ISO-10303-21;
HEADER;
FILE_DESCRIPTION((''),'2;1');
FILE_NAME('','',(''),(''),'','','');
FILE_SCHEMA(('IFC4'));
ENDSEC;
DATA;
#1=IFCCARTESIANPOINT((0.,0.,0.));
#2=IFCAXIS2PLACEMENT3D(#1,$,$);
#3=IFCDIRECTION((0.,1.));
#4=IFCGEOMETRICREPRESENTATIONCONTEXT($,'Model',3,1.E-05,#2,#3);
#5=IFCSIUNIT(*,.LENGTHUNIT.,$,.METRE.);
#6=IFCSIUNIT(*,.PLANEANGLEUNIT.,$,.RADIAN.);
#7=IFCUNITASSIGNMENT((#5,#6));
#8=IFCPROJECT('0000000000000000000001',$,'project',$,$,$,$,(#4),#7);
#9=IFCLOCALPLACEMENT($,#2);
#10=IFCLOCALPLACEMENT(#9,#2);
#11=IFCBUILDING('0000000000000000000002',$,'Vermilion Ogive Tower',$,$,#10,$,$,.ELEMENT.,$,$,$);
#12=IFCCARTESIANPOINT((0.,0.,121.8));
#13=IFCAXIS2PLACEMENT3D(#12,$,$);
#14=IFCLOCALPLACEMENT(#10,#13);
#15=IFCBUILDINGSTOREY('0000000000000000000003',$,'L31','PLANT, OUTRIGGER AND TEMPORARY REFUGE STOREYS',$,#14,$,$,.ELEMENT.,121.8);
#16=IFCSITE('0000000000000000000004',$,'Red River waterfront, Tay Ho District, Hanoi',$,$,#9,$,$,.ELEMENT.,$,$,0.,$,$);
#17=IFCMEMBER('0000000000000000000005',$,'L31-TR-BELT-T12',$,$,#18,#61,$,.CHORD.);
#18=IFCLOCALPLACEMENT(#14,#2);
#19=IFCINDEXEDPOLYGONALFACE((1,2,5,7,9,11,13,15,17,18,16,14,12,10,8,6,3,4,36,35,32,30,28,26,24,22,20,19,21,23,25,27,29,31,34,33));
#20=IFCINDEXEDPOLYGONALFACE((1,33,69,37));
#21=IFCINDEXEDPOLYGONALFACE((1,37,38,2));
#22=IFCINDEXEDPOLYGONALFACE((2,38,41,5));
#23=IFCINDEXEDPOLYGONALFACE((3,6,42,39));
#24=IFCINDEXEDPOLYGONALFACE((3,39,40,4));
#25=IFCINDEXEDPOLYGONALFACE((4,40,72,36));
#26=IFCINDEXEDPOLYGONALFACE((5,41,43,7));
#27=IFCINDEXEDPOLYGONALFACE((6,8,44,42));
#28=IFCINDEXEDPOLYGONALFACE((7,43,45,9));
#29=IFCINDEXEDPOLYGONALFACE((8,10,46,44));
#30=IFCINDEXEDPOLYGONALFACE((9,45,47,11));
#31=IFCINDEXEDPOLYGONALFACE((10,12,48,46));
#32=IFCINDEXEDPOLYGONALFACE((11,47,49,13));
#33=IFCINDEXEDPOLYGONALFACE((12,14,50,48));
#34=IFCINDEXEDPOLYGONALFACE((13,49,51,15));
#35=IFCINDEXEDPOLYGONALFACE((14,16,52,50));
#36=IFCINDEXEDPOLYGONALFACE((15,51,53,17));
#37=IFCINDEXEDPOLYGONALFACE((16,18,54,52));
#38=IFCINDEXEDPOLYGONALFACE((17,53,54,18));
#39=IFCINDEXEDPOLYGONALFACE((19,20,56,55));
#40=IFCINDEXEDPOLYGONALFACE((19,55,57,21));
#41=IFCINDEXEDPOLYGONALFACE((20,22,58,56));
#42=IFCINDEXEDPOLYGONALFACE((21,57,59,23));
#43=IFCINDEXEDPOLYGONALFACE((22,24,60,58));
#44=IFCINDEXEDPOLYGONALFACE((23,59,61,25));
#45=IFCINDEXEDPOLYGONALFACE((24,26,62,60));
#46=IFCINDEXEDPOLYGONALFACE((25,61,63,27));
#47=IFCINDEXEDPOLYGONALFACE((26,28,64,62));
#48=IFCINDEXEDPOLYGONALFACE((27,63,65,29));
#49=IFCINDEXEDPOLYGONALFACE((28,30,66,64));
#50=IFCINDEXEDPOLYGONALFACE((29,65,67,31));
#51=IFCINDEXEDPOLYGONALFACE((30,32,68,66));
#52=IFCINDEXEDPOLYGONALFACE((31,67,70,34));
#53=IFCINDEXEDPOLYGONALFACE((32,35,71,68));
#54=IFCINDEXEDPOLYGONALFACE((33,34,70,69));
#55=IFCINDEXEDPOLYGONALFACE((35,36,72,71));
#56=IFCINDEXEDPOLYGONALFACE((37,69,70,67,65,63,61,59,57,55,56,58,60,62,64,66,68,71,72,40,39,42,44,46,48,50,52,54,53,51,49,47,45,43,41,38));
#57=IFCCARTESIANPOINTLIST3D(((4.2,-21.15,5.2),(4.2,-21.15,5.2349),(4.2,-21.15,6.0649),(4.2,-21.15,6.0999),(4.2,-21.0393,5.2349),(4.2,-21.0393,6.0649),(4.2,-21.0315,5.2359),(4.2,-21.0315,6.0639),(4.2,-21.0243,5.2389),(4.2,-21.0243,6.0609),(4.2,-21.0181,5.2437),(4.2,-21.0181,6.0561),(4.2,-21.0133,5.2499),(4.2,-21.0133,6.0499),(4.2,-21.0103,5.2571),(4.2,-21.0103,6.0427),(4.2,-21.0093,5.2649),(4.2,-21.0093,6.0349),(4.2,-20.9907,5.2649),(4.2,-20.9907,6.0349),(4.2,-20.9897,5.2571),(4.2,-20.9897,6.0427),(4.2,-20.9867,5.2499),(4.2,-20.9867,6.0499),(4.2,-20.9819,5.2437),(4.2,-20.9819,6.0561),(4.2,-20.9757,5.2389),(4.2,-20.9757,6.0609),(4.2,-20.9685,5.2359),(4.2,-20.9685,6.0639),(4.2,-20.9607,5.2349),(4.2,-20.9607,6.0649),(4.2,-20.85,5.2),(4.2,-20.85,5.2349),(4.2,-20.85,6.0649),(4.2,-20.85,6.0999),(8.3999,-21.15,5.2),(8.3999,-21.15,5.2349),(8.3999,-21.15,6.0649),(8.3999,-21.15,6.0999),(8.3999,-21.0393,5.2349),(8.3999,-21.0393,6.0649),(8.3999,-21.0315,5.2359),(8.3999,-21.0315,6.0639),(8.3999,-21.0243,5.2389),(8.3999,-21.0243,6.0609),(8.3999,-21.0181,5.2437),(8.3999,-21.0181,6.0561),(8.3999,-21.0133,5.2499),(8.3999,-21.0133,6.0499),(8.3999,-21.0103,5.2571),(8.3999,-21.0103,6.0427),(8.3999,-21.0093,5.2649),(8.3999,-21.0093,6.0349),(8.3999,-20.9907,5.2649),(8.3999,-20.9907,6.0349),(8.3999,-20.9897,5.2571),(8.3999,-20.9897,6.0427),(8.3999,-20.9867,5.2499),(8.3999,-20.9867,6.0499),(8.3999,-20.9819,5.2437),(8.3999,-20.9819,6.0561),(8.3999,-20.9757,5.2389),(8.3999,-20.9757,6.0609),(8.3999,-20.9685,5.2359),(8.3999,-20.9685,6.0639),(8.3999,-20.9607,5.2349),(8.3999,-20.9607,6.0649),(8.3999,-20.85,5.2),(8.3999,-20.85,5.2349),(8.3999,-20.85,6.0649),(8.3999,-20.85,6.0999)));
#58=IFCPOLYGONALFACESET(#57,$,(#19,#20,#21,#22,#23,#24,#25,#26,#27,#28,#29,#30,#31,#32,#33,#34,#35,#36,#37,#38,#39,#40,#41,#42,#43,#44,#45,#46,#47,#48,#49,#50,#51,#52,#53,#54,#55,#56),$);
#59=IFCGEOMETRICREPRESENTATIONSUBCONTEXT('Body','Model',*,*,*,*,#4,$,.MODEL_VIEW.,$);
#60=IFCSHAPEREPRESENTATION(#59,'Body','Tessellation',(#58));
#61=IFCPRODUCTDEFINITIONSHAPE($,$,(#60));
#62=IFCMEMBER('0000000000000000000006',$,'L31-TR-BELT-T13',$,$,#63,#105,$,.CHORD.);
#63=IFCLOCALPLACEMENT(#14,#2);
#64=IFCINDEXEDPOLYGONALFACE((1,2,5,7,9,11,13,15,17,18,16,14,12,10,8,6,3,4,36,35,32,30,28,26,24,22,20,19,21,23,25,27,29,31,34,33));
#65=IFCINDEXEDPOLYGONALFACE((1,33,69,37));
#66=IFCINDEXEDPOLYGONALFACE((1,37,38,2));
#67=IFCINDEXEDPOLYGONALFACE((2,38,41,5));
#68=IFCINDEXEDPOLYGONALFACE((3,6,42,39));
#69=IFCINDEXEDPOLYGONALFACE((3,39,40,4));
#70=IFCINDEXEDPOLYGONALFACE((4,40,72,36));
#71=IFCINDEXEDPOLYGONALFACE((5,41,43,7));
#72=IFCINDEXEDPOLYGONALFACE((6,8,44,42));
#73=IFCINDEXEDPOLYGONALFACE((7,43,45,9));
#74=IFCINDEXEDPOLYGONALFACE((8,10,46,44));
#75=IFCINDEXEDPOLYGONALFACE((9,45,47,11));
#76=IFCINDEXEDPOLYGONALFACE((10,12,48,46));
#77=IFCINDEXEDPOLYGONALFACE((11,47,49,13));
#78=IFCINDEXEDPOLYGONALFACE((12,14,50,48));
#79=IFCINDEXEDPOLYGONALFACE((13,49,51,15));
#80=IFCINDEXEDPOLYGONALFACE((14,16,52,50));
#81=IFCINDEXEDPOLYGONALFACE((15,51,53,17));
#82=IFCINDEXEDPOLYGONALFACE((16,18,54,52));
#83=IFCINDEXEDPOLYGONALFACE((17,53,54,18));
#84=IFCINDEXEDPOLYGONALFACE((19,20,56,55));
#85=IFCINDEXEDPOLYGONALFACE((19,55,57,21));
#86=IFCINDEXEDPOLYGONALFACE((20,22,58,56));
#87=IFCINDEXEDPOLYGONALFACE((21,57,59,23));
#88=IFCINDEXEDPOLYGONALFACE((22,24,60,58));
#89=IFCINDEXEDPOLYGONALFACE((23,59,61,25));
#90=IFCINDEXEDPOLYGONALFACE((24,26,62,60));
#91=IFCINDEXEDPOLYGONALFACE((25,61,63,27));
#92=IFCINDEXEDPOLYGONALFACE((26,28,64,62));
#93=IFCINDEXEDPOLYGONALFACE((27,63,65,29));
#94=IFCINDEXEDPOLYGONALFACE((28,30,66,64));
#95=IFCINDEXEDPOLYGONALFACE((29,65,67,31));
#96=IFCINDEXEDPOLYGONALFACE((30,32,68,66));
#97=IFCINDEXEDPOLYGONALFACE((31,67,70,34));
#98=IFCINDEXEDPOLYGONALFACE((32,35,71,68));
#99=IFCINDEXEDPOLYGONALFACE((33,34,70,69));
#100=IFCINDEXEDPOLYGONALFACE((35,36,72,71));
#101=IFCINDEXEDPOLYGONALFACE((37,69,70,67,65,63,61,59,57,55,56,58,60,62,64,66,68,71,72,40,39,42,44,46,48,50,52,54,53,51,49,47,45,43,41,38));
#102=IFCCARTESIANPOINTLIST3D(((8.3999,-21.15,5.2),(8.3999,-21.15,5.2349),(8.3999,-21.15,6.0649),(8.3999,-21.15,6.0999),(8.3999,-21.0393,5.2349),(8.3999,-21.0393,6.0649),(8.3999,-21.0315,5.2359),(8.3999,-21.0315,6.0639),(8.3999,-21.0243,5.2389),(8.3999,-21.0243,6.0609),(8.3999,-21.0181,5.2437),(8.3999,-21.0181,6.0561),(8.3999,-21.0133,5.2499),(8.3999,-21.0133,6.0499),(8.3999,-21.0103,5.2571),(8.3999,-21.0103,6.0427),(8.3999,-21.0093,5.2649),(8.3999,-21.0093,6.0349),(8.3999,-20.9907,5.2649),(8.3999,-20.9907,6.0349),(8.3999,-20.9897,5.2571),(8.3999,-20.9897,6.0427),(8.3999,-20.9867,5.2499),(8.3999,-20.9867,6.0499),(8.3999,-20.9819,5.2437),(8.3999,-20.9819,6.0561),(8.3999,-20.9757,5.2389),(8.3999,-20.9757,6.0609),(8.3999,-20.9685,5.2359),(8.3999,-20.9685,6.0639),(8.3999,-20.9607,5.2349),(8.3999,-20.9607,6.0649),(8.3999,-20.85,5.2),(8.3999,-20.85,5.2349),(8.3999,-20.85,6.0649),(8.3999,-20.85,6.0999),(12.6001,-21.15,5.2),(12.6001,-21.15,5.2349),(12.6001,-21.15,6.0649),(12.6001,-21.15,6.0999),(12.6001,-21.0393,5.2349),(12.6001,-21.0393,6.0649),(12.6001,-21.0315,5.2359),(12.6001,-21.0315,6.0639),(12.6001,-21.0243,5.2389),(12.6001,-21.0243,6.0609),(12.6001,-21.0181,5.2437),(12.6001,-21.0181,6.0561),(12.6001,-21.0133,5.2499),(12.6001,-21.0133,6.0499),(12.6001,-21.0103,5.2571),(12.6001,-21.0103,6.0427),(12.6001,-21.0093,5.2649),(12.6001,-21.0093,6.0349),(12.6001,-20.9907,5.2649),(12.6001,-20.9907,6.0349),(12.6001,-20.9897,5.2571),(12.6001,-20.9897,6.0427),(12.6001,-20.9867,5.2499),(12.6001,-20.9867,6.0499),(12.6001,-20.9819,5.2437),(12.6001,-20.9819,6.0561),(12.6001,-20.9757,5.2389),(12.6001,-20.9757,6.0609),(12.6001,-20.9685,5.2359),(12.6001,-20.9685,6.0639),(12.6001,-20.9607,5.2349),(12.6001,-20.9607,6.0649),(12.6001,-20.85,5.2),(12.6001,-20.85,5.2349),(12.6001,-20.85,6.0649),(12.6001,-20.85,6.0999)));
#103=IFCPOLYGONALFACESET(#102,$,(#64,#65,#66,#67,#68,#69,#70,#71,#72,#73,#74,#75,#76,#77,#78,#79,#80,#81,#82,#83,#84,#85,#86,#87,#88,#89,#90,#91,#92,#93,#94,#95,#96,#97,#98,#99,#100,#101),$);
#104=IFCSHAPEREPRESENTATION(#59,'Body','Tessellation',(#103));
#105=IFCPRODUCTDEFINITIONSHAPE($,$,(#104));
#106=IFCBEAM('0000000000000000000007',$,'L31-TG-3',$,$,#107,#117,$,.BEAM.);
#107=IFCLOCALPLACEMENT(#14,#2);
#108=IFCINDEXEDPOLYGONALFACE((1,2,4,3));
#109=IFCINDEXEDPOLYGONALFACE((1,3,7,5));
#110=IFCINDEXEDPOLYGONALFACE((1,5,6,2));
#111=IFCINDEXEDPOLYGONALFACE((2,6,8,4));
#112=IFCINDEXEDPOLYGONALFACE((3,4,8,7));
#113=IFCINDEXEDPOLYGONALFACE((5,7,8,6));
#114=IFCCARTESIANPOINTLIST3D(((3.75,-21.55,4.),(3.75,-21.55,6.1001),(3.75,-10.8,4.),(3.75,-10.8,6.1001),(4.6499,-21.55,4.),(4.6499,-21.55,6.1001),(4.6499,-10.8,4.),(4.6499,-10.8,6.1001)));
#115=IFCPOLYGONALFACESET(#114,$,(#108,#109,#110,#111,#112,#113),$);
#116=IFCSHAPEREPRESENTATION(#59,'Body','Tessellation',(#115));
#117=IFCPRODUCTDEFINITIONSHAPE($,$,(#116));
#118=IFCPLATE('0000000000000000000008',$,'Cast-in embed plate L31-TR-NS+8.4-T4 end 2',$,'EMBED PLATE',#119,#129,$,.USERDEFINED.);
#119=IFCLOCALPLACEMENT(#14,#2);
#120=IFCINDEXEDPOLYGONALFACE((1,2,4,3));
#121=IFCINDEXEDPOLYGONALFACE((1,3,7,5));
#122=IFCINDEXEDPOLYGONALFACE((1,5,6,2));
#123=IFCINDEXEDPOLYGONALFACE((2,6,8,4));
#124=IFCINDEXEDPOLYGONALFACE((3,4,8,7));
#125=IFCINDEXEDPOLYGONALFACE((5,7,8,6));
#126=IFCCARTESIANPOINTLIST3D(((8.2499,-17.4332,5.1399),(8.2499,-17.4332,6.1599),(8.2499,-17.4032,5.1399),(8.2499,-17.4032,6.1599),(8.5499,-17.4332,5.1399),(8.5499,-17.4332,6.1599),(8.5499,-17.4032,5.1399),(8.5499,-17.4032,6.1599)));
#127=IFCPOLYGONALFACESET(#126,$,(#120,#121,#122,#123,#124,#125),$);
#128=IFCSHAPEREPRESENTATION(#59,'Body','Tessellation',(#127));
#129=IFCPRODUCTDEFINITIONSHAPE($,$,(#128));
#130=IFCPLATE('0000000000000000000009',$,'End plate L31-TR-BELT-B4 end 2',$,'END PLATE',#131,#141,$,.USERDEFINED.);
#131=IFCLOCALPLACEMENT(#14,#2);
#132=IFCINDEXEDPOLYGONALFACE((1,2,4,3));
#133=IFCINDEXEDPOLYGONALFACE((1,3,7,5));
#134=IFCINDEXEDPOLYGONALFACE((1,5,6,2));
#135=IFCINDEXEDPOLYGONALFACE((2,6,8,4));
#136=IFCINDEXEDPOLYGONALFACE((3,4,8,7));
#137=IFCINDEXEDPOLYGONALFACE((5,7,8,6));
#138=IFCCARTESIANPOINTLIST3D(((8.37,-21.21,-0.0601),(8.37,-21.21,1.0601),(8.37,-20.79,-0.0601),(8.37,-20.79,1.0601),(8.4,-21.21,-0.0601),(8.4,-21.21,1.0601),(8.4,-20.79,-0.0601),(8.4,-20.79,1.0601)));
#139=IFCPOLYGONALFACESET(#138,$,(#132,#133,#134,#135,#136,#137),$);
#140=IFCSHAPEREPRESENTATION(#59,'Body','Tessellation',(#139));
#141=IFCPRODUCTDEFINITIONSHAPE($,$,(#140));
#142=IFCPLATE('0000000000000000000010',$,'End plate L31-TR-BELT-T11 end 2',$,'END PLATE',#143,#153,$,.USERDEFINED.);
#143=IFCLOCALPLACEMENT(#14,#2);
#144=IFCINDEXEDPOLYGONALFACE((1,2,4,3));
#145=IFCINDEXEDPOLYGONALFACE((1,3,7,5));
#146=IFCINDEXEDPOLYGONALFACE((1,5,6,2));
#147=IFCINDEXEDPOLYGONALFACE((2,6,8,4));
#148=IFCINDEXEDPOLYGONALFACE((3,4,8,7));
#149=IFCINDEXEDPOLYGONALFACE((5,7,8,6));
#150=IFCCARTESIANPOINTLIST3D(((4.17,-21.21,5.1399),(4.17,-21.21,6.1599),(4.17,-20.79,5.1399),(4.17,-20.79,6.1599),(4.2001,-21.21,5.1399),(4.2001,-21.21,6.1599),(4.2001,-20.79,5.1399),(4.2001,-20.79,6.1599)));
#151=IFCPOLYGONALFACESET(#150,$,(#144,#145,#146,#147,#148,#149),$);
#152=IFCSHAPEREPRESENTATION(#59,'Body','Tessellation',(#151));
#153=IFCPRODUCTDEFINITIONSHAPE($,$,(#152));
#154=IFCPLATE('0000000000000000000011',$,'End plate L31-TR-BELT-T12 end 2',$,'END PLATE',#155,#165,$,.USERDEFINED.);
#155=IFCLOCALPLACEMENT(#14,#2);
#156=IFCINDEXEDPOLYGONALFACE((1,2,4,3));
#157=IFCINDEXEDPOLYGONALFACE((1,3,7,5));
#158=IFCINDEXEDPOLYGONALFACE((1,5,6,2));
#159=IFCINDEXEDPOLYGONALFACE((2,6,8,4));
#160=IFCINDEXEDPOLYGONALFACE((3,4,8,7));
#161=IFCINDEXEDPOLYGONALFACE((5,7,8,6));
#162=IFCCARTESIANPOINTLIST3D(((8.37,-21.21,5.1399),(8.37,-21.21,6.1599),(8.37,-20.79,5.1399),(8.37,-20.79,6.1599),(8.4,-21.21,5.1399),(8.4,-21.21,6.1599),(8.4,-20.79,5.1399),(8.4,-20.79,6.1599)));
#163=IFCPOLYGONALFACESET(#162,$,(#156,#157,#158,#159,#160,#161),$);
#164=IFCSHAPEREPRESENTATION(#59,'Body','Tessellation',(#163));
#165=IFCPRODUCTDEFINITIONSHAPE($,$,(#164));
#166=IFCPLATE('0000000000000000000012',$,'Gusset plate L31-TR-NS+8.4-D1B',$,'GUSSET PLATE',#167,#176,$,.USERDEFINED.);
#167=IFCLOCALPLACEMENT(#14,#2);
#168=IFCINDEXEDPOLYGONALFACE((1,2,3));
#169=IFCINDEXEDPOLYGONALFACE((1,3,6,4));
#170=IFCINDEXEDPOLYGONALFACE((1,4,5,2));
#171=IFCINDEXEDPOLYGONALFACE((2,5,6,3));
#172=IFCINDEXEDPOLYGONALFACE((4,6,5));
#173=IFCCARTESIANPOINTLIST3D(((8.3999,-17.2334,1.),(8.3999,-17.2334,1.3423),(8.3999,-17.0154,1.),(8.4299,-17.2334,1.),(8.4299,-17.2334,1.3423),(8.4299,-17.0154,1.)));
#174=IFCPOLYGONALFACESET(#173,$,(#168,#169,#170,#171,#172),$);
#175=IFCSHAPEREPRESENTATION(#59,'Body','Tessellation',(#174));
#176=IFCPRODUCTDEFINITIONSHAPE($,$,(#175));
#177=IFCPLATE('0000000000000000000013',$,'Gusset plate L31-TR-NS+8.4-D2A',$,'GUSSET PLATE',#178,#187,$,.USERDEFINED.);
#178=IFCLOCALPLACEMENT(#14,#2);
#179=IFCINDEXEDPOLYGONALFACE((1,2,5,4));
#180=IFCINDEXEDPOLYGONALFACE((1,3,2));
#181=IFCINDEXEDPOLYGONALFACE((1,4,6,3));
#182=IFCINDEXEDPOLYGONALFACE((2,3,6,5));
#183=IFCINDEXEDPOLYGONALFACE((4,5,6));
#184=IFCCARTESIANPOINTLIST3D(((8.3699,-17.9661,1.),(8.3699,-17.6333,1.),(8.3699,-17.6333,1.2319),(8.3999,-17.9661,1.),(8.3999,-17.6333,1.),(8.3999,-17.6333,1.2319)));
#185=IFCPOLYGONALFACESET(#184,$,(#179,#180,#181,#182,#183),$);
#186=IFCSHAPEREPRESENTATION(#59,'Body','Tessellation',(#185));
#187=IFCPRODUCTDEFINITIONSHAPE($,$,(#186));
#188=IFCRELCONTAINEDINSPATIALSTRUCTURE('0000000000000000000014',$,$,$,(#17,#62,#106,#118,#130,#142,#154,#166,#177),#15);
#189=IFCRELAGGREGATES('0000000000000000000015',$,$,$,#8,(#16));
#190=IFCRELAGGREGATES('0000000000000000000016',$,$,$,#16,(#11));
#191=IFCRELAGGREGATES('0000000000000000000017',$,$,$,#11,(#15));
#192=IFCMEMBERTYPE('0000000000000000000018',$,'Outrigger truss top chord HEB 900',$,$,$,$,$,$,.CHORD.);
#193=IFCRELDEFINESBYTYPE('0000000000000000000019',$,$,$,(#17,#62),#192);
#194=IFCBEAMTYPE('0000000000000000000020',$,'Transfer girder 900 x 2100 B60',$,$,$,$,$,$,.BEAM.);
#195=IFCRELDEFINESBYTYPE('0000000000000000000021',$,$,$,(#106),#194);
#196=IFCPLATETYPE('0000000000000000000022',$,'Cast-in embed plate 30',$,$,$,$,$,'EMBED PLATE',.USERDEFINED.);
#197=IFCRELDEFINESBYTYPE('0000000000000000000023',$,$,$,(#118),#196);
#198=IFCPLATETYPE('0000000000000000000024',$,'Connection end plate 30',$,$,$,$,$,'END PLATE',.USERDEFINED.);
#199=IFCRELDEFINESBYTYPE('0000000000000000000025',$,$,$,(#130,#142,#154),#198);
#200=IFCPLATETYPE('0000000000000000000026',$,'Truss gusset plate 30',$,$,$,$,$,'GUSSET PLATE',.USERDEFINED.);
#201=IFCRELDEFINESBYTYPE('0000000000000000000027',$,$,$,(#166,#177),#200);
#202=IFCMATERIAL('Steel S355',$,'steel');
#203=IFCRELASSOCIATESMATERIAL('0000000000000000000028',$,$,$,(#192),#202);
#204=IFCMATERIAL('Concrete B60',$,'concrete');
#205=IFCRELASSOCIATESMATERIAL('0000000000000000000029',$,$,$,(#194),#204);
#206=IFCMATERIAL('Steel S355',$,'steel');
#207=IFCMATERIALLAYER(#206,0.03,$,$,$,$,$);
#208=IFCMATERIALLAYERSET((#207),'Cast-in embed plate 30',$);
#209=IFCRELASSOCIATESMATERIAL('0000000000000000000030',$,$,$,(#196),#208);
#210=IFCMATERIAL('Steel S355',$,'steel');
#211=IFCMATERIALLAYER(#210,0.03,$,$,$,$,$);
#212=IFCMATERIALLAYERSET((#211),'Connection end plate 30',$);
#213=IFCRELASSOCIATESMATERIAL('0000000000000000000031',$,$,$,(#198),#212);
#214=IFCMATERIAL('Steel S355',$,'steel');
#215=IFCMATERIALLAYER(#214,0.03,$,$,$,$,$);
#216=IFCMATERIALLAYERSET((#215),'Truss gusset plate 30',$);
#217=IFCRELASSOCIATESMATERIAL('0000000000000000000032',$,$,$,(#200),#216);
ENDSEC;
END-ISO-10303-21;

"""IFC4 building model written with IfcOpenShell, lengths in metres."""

from ifc_helpers import new_model, si_unit, direction, frame, origin, origin_2d, place, context, subcontext, project, spatial, polyline, rectangle, i_section, outline, extrude, material, layer, layer_set, material_profile, profile_set, type_object, element, save


model = new_model("IFC4")

# Units and contexts
model_context = context("Model", 3, precision=1e-05, world=origin(), true_north=direction((0.0, 1.0)))
body_context = subcontext(model_context, "Body", "Model", "MODEL_VIEW")
ifc_project = project(units=[si_unit("LENGTHUNIT", "METRE"), si_unit("PLANEANGLEUNIT", "RADIAN")], contexts=[model_context])

# Site, building, storey
site_placement = place(None, origin())
site = spatial("IfcSite", under=ifc_project, at=site_placement, Name="Red River waterfront, Tay Ho District, Hanoi", CompositionType="ELEMENT", RefElevation=0.0)
building_placement = place(site_placement, origin())
building = spatial("IfcBuilding", under=site, at=building_placement, Name="Vermilion Ogive Tower", CompositionType="ELEMENT")
storey_placement = place(building_placement, frame((0.0, 0.0, 121.8)))
storey = spatial("IfcBuildingStorey", under=building, at=storey_placement, Name="L31", Description="PLANT, OUTRIGGER AND TEMPORARY REFUGE STOREYS", CompositionType="ELEMENT", Elevation=121.8)

# Members
ifc_material_1 = material(Name="Steel S355", Category="steel")
ifc_material_profile_1 = material_profile(ifc_material_1, i_section(OverallWidth=0.3, OverallDepth=0.8999, WebThickness=0.0186, FlangeThickness=0.0349, FilletRadius=0.03, at=origin_2d()), Name="HEB 900")
ifc_profile_set_1 = profile_set([ifc_material_profile_1], Name="Steel S355")
member_type_1 = type_object("IfcMemberType", Name="Outrigger truss top chord HEB 900", PredefinedType="CHORD", material=ifc_profile_set_1)
member_1_placement = place(storey_placement, frame((4.2, -21.0, 5.6499), z_axis=(1.0, 0.0, 0.0), x_axis=(0.0, 1.0, 0.0)))
element("IfcMember", 1, at=member_1_placement, inside=storey, type_object=member_type_1, Name="L31-TR-BELT-T12", PredefinedType="CHORD", context=body_context, shape_type="SweptSolid", body=[
    extrude(i_section(OverallWidth=0.3, OverallDepth=0.8999, WebThickness=0.0186, FlangeThickness=0.0349, FilletRadius=0.03, at=origin_2d()), origin(), (0.0, 0.0, 1.0), 4.2),
])
member_2_placement = place(storey_placement, frame((8.3999, -21.0, 5.6499), z_axis=(1.0, 0.0, 0.0), x_axis=(0.0, 1.0, 0.0)))
element("IfcMember", 2, at=member_2_placement, inside=storey, type_object=member_type_1, Name="L31-TR-BELT-T13", PredefinedType="CHORD", context=body_context, shape_type="SweptSolid", body=[
    extrude(i_section(OverallWidth=0.3, OverallDepth=0.8999, WebThickness=0.0186, FlangeThickness=0.0349, FilletRadius=0.03, at=origin_2d()), origin(), (0.0, 0.0, 1.0), 4.2002),
])

# Beam
ifc_material_2 = material(Name="Concrete B60", Category="concrete")
ifc_material_profile_2 = material_profile(ifc_material_2, rectangle(XDim=0.8999, YDim=2.1001, at=origin_2d()), Name="900 x 2100")
ifc_profile_set_2 = profile_set([ifc_material_profile_2], Name="Concrete B60")
beam_type = type_object("IfcBeamType", Name="Transfer girder 900 x 2100 B60", PredefinedType="BEAM", material=ifc_profile_set_2)
beam_placement = place(storey_placement, frame((4.2, -21.55, 5.05), z_axis=(0.0, 1.0, 0.0), x_axis=(-1.0, 0.0, 0.0)))
element("IfcBeam", 3, at=beam_placement, inside=storey, type_object=beam_type, Name="L31-TG-3", PredefinedType="BEAM", context=body_context, shape_type="SweptSolid", body=[
    extrude(rectangle(XDim=0.8999, YDim=2.1001, at=origin_2d()), origin(), (0.0, 0.0, 1.0), 10.75),
])

# Plates
ifc_material_3 = material(Name="Steel S355", Category="steel")
ifc_layer_1 = layer(ifc_material_3, 0.03)
ifc_layer_set_1 = layer_set([ifc_layer_1], Name="Cast-in embed plate 30")
plate_type_1 = type_object("IfcPlateType", Name="Cast-in embed plate 30", ElementType="EMBED PLATE", PredefinedType="USERDEFINED", material=ifc_layer_set_1)
plate_1_placement = place(storey_placement, frame((8.3999, -17.4182, 5.1399), z_axis=(0.0, 0.0, 1.0), x_axis=(1.0, 0.0, 0.0)))
element("IfcPlate", 4, at=plate_1_placement, inside=storey, type_object=plate_type_1, Name="Cast-in embed plate L31-TR-NS+8.4-T4 end 2", ObjectType="EMBED PLATE", PredefinedType="USERDEFINED", context=body_context, shape_type="SweptSolid", body=[
    extrude(rectangle(XDim=0.3, YDim=0.03, at=origin_2d()), origin(), (0.0, 0.0, 1.0), 1.02),
])
ifc_material_4 = material(Name="Steel S355", Category="steel")
ifc_layer_2 = layer(ifc_material_4, 0.03)
ifc_layer_set_2 = layer_set([ifc_layer_2], Name="Connection end plate 30")
plate_type_2 = type_object("IfcPlateType", Name="Connection end plate 30", ElementType="END PLATE", PredefinedType="USERDEFINED", material=ifc_layer_set_2)
plate_2_placement = place(storey_placement, frame((8.385, -21.0, -0.0601), z_axis=(0.0, 0.0, 1.0), x_axis=(1.0, 0.0, 0.0)))
element("IfcPlate", 5, at=plate_2_placement, inside=storey, type_object=plate_type_2, Name="End plate L31-TR-BELT-B4 end 2", ObjectType="END PLATE", PredefinedType="USERDEFINED", context=body_context, shape_type="SweptSolid", body=[
    extrude(rectangle(XDim=0.03, YDim=0.4199, at=origin_2d()), origin(), (0.0, 0.0, 1.0), 1.1201),
])
for number, where, z_axis, x_axis, name in (
    (6, (4.1851, -21.0, 5.1399), (0.0, 0.0, 1.0), (1.0, 0.0, 0.0), "End plate L31-TR-BELT-T11 end 2"),
    (7, (8.385, -21.0, 5.1399), (0.0, 0.0, 1.0), (1.0, 0.0, 0.0), "End plate L31-TR-BELT-T12 end 2"),
):
    element("IfcPlate", number, at=place(storey_placement, frame(where, z_axis=z_axis, x_axis=x_axis)), inside=storey, type_object=plate_type_2, Name=name, ObjectType="END PLATE", PredefinedType="USERDEFINED", context=body_context, shape_type="SweptSolid", body=[
        extrude(rectangle(XDim=0.03, YDim=0.4199, at=origin_2d()), origin(), (0.0, 0.0, 1.0), 1.02),
    ])
ifc_material_5 = material(Name="Steel S355", Category="steel")
ifc_layer_3 = layer(ifc_material_5, 0.03)
ifc_layer_set_3 = layer_set([ifc_layer_3], Name="Truss gusset plate 30")
plate_type_3 = type_object("IfcPlateType", Name="Truss gusset plate 30", ElementType="GUSSET PLATE", PredefinedType="USERDEFINED", material=ifc_layer_set_3)
plate_3_placement = place(storey_placement, frame((8.3999, -17.2334, 1.3423), z_axis=(-1.0, 0.0, 0.0), x_axis=(0.0, 0.537226, -0.843438)))
element("IfcPlate", 8, at=plate_3_placement, inside=storey, type_object=plate_type_3, Name="Gusset plate L31-TR-NS+8.4-D1B", ObjectType="GUSSET PLATE", PredefinedType="USERDEFINED", context=body_context, shape_type="SweptSolid", body=[
    extrude(outline(polyline([(0.0, 0.0), (0.4058, 0.0), (0.2887, 0.1839), (0.0, 0.0)])), origin(), (0.0, 0.0, -1.0), 0.03),
])
plate_4_placement = place(storey_placement, frame((8.3999, -17.6333, 1.2319), z_axis=(1.0, 0.0, 0.0), x_axis=(0.0, -0.82039, -0.571805)))
element("IfcPlate", 9, at=plate_4_placement, inside=storey, type_object=plate_type_3, Name="Gusset plate L31-TR-NS+8.4-D2A", ObjectType="GUSSET PLATE", PredefinedType="USERDEFINED", context=body_context, shape_type="SweptSolid", body=[
    extrude(outline(polyline([(0.0, 0.0), (0.4056, 0.0), (0.1326, 0.1903), (0.0, 0.0)])), origin(), (0.0, 0.0, -1.0), 0.03),
])

save(model, "model.ifc")
